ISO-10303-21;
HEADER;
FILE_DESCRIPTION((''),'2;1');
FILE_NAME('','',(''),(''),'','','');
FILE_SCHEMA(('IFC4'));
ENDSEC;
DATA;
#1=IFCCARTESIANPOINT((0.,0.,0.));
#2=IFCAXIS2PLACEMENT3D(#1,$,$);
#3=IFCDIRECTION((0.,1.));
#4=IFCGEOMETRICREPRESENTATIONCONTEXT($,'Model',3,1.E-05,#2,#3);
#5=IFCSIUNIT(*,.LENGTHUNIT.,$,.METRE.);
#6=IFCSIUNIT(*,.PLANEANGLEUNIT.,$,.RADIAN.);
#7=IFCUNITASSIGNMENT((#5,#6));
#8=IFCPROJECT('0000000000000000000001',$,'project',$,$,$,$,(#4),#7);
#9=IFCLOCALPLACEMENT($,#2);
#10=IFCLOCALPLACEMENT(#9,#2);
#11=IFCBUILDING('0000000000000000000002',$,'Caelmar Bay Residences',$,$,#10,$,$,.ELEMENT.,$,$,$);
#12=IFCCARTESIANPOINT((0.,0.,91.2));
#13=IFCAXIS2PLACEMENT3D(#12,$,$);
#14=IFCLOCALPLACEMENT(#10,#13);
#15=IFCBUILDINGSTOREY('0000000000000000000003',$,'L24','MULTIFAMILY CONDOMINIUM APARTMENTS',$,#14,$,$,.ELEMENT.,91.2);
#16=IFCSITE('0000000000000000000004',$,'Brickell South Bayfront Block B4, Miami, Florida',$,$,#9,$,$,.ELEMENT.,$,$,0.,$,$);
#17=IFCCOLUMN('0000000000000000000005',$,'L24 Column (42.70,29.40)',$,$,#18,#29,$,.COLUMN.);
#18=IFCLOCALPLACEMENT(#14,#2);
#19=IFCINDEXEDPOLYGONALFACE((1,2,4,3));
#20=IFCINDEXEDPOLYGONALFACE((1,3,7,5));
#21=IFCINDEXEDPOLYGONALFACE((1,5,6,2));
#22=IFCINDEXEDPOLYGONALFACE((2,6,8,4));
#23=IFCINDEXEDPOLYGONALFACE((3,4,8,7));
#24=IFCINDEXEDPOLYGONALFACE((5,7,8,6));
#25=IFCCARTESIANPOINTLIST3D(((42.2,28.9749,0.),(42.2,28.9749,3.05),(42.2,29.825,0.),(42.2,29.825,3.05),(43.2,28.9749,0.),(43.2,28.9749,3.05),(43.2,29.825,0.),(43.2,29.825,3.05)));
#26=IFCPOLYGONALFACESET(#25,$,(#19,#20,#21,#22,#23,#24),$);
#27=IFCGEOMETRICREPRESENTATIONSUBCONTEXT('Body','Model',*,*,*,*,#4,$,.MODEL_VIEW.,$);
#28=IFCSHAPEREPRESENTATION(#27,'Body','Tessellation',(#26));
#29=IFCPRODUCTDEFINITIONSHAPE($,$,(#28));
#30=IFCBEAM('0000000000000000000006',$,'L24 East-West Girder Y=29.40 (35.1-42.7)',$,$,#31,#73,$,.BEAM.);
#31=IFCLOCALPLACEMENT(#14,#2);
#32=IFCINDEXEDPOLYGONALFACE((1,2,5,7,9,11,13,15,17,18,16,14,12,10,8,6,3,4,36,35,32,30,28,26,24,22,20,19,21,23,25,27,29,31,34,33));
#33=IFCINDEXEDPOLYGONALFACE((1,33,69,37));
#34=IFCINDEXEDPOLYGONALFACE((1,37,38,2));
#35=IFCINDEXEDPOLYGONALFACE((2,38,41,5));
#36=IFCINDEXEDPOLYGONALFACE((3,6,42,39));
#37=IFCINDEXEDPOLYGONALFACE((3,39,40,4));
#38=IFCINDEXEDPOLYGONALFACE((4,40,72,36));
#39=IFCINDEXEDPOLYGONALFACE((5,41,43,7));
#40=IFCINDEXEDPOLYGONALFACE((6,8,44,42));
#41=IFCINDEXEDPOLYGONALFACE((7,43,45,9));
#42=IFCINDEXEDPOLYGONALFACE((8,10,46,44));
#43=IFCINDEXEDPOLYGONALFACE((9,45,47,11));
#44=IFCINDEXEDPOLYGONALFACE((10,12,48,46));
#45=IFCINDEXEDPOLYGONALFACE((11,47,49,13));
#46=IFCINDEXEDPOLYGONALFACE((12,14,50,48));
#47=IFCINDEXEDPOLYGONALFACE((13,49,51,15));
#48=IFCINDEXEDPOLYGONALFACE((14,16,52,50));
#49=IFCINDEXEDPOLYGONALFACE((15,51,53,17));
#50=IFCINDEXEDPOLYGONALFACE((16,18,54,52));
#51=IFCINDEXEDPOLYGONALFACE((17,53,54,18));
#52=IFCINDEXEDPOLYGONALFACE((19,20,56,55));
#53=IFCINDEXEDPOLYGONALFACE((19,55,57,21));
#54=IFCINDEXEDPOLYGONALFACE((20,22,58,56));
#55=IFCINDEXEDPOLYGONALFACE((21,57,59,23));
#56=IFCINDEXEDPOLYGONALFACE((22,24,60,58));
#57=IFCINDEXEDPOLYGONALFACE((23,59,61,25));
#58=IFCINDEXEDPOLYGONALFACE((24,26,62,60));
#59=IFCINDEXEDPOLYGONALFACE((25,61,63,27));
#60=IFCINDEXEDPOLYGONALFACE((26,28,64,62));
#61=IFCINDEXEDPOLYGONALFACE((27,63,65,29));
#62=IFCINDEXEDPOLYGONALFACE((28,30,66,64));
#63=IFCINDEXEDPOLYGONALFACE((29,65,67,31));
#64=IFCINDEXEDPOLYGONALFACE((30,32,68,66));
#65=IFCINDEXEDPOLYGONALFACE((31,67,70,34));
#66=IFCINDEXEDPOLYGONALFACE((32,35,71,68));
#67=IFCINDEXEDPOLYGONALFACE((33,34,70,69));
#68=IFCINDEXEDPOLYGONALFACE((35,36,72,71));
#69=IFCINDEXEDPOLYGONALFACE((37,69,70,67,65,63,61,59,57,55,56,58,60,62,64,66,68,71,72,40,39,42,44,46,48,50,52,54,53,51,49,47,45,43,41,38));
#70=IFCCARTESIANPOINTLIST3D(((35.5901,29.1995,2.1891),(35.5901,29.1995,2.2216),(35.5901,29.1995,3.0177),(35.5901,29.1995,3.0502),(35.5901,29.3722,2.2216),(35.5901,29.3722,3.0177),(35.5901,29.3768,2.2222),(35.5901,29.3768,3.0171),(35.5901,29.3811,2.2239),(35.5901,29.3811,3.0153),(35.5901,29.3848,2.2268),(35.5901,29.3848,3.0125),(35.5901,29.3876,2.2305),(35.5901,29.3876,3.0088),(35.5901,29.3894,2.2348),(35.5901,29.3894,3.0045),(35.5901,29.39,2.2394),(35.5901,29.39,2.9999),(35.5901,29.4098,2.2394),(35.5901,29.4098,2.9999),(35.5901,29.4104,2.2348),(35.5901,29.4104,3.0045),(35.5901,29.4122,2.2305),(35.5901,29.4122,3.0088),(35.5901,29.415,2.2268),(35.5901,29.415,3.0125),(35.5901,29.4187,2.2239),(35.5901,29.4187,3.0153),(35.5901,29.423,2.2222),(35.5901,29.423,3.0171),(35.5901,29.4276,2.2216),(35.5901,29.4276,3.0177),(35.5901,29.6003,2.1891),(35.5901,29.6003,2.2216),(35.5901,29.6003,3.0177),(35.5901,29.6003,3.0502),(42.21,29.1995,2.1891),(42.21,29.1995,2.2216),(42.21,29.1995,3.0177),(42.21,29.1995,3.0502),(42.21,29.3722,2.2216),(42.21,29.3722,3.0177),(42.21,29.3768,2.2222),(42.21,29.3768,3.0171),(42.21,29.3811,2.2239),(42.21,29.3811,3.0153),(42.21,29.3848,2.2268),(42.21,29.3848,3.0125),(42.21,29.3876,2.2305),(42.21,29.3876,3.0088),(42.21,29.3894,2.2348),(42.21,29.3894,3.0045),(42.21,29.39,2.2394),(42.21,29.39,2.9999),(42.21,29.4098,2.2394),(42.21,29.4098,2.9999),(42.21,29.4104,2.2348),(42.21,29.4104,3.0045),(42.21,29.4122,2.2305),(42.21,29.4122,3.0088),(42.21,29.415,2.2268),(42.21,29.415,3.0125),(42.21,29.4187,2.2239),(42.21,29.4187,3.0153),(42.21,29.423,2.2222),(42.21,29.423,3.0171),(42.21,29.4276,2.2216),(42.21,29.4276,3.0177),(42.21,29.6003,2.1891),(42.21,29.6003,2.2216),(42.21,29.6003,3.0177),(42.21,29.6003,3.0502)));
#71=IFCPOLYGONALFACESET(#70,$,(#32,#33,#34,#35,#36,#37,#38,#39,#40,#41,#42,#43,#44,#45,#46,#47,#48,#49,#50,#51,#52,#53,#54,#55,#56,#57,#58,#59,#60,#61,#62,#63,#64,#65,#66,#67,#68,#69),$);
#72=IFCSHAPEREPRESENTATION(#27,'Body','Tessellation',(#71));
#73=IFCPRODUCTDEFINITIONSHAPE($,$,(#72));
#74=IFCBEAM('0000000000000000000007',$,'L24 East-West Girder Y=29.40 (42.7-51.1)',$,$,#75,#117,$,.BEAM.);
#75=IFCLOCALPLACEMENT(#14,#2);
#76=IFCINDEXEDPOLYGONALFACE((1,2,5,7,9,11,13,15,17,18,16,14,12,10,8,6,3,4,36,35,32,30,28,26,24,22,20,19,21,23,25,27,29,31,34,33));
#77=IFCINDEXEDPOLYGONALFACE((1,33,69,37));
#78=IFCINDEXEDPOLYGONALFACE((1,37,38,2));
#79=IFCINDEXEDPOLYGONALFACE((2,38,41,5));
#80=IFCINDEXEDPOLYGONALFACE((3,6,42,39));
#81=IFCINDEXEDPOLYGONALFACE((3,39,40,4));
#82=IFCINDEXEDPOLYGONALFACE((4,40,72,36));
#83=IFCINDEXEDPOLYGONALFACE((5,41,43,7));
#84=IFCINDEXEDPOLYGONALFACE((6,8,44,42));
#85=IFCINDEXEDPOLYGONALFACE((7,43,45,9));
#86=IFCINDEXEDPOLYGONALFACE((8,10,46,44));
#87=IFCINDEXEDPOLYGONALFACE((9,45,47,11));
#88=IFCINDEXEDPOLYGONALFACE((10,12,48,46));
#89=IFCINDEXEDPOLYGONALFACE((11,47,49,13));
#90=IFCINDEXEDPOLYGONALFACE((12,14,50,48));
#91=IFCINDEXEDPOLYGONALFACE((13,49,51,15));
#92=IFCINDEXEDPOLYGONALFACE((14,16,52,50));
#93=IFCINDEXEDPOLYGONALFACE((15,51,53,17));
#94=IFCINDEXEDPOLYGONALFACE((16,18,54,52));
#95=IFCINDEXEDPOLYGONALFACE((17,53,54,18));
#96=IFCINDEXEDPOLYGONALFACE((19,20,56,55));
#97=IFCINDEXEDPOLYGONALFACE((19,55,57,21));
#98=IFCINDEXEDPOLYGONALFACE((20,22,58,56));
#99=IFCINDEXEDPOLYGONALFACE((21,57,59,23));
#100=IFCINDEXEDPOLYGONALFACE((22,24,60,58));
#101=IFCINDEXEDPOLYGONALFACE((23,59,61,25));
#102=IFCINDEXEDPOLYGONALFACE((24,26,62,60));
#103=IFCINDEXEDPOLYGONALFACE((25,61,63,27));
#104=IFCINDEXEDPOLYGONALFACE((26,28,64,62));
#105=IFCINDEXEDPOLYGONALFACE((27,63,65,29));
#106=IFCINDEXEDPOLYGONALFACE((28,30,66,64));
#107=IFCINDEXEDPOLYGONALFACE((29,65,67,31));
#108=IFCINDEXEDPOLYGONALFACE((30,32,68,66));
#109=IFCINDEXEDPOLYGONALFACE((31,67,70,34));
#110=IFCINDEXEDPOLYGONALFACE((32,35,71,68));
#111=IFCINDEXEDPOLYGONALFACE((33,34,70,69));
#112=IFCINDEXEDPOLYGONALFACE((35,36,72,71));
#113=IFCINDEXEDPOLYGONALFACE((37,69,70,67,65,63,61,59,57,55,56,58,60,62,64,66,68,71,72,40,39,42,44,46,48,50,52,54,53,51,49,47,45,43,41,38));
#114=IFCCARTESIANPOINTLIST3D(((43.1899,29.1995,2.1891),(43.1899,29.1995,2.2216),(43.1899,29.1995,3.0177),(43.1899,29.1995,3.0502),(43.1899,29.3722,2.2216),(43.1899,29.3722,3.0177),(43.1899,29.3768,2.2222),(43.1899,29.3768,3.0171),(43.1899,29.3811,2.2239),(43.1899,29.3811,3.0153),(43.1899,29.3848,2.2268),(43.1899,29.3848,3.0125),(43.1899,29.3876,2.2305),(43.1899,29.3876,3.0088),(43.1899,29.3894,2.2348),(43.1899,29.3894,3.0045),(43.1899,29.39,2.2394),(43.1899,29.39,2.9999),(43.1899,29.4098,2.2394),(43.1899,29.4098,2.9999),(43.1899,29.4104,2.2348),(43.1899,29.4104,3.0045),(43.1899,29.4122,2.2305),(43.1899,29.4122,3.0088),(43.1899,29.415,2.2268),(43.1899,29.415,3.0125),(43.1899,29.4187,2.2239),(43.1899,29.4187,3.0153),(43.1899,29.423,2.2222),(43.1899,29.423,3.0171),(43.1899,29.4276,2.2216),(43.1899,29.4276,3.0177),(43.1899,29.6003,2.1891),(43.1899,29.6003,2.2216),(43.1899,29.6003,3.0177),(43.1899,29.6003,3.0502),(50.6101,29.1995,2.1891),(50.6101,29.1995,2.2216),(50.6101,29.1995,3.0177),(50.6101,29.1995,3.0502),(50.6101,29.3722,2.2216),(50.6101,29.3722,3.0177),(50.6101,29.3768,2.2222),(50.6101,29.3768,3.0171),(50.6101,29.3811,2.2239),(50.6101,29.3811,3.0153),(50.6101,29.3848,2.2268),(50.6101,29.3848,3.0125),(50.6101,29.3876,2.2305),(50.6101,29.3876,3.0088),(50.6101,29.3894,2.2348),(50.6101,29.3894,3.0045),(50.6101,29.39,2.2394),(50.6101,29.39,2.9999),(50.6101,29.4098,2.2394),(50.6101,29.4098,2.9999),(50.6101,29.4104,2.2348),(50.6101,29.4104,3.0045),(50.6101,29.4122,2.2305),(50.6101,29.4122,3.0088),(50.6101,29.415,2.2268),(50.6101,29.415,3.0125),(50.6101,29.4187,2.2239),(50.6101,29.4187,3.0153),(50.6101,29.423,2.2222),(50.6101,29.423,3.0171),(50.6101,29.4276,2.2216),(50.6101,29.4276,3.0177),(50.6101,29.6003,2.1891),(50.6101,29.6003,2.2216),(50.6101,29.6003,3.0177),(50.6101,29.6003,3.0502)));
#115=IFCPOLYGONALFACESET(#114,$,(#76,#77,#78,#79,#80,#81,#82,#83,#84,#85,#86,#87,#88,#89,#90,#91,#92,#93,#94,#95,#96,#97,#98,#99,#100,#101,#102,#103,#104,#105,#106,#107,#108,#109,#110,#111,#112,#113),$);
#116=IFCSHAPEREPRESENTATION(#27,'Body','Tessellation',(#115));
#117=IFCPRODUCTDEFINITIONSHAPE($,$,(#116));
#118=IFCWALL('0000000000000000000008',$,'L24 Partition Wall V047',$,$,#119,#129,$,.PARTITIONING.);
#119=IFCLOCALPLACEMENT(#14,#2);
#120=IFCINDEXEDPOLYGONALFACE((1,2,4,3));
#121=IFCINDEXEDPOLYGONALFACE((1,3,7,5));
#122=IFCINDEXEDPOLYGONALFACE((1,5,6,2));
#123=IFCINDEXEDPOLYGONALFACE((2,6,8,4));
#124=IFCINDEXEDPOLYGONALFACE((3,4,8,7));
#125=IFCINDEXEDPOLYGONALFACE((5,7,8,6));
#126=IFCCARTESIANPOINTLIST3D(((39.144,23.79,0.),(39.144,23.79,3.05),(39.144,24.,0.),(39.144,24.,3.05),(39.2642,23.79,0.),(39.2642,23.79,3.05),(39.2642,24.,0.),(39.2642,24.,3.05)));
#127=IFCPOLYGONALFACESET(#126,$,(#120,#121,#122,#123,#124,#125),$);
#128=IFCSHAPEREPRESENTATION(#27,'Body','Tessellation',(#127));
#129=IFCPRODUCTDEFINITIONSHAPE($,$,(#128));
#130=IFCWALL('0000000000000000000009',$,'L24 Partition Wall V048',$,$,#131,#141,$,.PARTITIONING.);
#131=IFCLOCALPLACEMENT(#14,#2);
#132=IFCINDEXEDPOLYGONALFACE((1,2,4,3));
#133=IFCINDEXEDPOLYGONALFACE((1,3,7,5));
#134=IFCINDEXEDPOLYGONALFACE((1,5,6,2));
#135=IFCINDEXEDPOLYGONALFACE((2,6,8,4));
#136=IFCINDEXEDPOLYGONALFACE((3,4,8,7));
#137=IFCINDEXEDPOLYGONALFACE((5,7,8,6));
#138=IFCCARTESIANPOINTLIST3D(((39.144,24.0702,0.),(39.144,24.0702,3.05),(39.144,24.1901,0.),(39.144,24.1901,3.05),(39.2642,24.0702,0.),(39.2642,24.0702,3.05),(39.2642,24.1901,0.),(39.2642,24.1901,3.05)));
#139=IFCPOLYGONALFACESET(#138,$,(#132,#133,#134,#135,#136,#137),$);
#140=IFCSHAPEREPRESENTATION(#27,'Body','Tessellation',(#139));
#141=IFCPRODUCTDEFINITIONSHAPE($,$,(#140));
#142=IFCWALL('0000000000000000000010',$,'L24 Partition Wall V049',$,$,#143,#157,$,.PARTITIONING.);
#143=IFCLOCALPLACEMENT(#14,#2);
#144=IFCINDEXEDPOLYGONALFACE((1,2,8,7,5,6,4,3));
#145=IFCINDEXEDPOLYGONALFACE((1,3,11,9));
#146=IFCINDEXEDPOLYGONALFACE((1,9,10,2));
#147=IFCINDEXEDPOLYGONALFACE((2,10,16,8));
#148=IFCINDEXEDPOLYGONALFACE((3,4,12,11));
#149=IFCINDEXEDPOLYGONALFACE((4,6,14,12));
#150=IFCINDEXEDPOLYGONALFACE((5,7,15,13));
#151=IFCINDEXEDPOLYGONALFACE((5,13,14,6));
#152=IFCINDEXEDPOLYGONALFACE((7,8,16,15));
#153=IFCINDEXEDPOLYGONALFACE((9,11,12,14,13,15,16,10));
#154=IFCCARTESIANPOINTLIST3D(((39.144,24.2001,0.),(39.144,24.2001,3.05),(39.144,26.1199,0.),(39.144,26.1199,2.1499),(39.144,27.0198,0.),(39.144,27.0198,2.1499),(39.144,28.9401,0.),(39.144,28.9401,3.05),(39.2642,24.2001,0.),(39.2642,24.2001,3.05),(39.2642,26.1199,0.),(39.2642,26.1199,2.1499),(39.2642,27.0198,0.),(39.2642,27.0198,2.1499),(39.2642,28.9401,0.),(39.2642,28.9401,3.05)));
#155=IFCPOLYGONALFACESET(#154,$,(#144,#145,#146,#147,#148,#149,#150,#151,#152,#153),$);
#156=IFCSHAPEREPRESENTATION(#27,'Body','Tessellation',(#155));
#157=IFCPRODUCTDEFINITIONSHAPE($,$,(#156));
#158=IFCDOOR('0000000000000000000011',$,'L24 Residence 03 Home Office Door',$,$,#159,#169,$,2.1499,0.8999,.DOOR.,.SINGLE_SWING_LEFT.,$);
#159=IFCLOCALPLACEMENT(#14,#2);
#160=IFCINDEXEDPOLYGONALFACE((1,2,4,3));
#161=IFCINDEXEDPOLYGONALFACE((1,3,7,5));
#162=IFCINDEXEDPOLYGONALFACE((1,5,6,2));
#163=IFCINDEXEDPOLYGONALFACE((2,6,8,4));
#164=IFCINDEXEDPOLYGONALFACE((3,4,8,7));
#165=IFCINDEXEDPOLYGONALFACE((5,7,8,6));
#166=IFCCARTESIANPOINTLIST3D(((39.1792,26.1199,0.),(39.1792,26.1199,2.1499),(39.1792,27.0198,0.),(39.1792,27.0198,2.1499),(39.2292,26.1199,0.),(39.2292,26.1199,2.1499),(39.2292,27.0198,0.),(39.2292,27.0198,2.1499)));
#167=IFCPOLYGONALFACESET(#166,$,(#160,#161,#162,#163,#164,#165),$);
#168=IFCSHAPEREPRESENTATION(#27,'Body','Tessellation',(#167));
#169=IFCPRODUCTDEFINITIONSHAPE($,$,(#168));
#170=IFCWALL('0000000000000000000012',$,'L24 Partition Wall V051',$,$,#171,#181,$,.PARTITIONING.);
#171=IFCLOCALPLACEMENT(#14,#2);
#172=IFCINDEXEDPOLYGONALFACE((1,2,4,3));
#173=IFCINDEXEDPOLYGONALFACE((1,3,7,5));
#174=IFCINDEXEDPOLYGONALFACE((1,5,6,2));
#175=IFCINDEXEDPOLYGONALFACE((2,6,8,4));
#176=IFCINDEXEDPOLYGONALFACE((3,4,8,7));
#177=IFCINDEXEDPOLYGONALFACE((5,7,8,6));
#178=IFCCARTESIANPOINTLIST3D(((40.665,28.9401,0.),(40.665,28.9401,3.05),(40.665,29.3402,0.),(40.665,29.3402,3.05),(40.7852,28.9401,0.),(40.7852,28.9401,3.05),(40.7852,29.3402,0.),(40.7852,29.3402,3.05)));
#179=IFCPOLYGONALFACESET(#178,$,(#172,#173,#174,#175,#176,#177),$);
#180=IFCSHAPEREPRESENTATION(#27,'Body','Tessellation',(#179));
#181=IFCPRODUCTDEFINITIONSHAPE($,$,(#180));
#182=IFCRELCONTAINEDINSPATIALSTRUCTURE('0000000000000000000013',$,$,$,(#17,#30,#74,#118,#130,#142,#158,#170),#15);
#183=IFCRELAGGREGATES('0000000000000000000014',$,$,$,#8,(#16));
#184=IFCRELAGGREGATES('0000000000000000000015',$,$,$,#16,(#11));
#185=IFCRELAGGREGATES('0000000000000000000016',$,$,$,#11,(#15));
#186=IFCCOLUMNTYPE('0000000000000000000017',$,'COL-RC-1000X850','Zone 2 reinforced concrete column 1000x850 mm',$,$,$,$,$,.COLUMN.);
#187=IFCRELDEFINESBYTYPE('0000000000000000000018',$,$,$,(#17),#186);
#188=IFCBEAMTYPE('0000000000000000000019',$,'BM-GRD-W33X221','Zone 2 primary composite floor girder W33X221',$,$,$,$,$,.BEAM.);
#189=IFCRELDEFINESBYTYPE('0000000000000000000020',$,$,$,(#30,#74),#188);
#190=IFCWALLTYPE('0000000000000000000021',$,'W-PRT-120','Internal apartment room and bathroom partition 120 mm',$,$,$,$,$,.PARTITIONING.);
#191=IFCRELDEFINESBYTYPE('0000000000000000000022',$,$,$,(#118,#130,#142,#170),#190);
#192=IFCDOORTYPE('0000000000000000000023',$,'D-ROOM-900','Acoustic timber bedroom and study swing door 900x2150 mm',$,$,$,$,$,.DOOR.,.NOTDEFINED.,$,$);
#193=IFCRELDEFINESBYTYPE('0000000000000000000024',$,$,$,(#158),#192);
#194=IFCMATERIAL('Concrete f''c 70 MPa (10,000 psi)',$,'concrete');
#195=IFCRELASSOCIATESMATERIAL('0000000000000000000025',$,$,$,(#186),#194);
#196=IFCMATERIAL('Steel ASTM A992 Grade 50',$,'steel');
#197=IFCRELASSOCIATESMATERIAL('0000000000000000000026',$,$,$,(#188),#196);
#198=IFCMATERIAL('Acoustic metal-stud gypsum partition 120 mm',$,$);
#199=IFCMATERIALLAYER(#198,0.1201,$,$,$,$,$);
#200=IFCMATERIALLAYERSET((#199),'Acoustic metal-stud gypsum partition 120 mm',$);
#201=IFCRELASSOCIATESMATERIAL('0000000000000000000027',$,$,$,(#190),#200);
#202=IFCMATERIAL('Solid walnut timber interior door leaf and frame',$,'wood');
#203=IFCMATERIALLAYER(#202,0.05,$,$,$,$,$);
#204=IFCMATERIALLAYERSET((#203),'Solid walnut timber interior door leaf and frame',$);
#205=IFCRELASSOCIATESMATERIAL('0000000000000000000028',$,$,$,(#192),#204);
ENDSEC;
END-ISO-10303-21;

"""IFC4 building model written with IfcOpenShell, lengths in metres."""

from ifc_helpers import new_model, si_unit, direction, frame, frame_2d, origin, origin_2d, place, context, subcontext, project, spatial, rectangle, i_section, extrude, material, layer, layer_set, material_profile, profile_set, type_object, element, fill, save


model = new_model("IFC4")

# Units and contexts
model_context = context("Model", 3, precision=1e-05, world=origin(), true_north=direction((0.0, 1.0)))
body_context = subcontext(model_context, "Body", "Model", "MODEL_VIEW")
ifc_project = project(units=[si_unit("LENGTHUNIT", "METRE"), si_unit("PLANEANGLEUNIT", "RADIAN")], contexts=[model_context])

# Site, building, storey
site_placement = place(None, origin())
site = spatial("IfcSite", under=ifc_project, at=site_placement, Name="Brickell South Bayfront Block B4, Miami, Florida", CompositionType="ELEMENT", RefElevation=0.0)
building_placement = place(site_placement, origin())
building = spatial("IfcBuilding", under=site, at=building_placement, Name="Caelmar Bay Residences", CompositionType="ELEMENT")
storey_placement = place(building_placement, frame((0.0, 0.0, 91.2)))
storey = spatial("IfcBuildingStorey", under=building, at=storey_placement, Name="L24", Description="MULTIFAMILY CONDOMINIUM APARTMENTS", CompositionType="ELEMENT", Elevation=91.2)

# Column
ifc_material_1 = material(Name="Concrete f'c 70 MPa (10,000 psi)", Category="concrete")
ifc_material_profile_1 = material_profile(ifc_material_1, rectangle(XDim=1.0, YDim=0.8501, at=origin_2d()), Name="RC-COL-1000X850")
ifc_profile_set_1 = profile_set([ifc_material_profile_1], Name="Concrete f'c 70 MPa (10,000 psi)")
column_type = type_object("IfcColumnType", Name="COL-RC-1000X850", Description="Zone 2 reinforced concrete column 1000x850 mm", PredefinedType="COLUMN", material=ifc_profile_set_1)
column_placement = place(storey_placement, frame((42.7, 29.3999, 0.0), z_axis=(0.0, 0.0, 1.0), x_axis=(1.0, 0.0, 0.0)))
element("IfcColumn", 1, at=column_placement, inside=storey, type_object=column_type, Name="L24 Column (42.70,29.40)", PredefinedType="COLUMN", context=body_context, shape_type="SweptSolid", body=[
    extrude(rectangle(XDim=1.0, YDim=0.8501, at=origin_2d()), origin(), (0.0, 0.0, 1.0), 3.05),
])

# Beams
ifc_material_2 = material(Name="Steel ASTM A992 Grade 50", Category="steel")
ifc_material_profile_2 = material_profile(ifc_material_2, i_section(OverallWidth=0.4009, OverallDepth=0.8611, WebThickness=0.0198, FlangeThickness=0.0325, FilletRadius=0.0178, at=origin_2d()), Name="W33X221")
ifc_profile_set_2 = profile_set([ifc_material_profile_2], Name="Steel ASTM A992 Grade 50")
beam_type = type_object("IfcBeamType", Name="BM-GRD-W33X221", Description="Zone 2 primary composite floor girder W33X221", PredefinedType="BEAM", material=ifc_profile_set_2)
beam_1_placement = place(storey_placement, frame((35.5901, 29.3999, 2.6196), z_axis=(1.0, 0.0, 0.0), x_axis=(0.0, 1.0, 0.0)))
element("IfcBeam", 2, at=beam_1_placement, inside=storey, type_object=beam_type, Name="L24 East-West Girder Y=29.40 (35.1-42.7)", PredefinedType="BEAM", context=body_context, shape_type="SweptSolid", body=[
    extrude(i_section(OverallWidth=0.4009, OverallDepth=0.8611, WebThickness=0.0198, FlangeThickness=0.0325, FilletRadius=0.0178, at=origin_2d()), origin(), (0.0, 0.0, 1.0), 6.6199),
])
beam_2_placement = place(storey_placement, frame((43.1899, 29.3999, 2.6196), z_axis=(1.0, 0.0, 0.0), x_axis=(0.0, 1.0, 0.0)))
element("IfcBeam", 3, at=beam_2_placement, inside=storey, type_object=beam_type, Name="L24 East-West Girder Y=29.40 (42.7-51.1)", PredefinedType="BEAM", context=body_context, shape_type="SweptSolid", body=[
    extrude(i_section(OverallWidth=0.4009, OverallDepth=0.8611, WebThickness=0.0198, FlangeThickness=0.0325, FilletRadius=0.0178, at=origin_2d()), origin(), (0.0, 0.0, 1.0), 7.4202),
])

# Walls
ifc_material_3 = material(Name="Acoustic metal-stud gypsum partition 120 mm")
ifc_layer_1 = layer(ifc_material_3, 0.1201)
ifc_layer_set_1 = layer_set([ifc_layer_1], Name="Acoustic metal-stud gypsum partition 120 mm")
wall_type_1 = type_object("IfcWallType", Name="W-PRT-120", Description="Internal apartment room and bathroom partition 120 mm", PredefinedType="PARTITIONING", material=ifc_layer_set_1)
wall_1_placement = place(storey_placement, frame((39.2041, 23.79, 0.0), z_axis=(0.0, 0.0, 1.0), x_axis=(0.0, 1.0, 0.0)))
element("IfcWall", 4, at=wall_1_placement, inside=storey, type_object=wall_type_1, Name="L24 Partition Wall V047", PredefinedType="PARTITIONING", context=body_context, shape_type="SweptSolid", body=[
    extrude(rectangle(XDim=0.21, YDim=0.1201, at=frame_2d((0.105, 0.0))), origin(), (0.0, 0.0, 1.0), 3.05),
])
wall_2_placement = place(storey_placement, frame((39.2041, 24.0701, 0.0), z_axis=(0.0, 0.0, 1.0), x_axis=(0.0, 1.0, 0.0)))
element("IfcWall", 5, at=wall_2_placement, inside=storey, type_object=wall_type_1, Name="L24 Partition Wall V048", PredefinedType="PARTITIONING", context=body_context, shape_type="SweptSolid", body=[
    extrude(rectangle(XDim=0.1199, YDim=0.1201, at=frame_2d((0.0601, 0.0))), origin(), (0.0, 0.0, 1.0), 3.05),
])

# Wall, opening, door
wall_3_placement = place(storey_placement, frame((39.2041, 24.2, 0.0), z_axis=(0.0, 0.0, 1.0), x_axis=(0.0, 1.0, 0.0)))
wall_3 = element("IfcWall", 6, at=wall_3_placement, inside=storey, type_object=wall_type_1, Name="L24 Partition Wall V049", PredefinedType="PARTITIONING", context=body_context, shape_type="SweptSolid", body=[
    extrude(rectangle(XDim=4.74, YDim=0.1201, at=frame_2d((2.3701, 0.0))), origin(), (0.0, 0.0, 1.0), 3.05),
])
opening_1_placement = place(wall_3_placement, frame((1.9199, 0.0, 0.0)))
opening_1 = element("IfcOpeningElement", 7, at=opening_1_placement, cuts=wall_3, PredefinedType="OPENING", context=body_context, shape_type="SweptSolid", body=[
    extrude(rectangle(XDim=0.8999, YDim=2.1499, at=frame_2d((0.45, 1.075))), frame((0.0, 0.0701, 0.0), z_axis=(0.0, -1.0, 0.0), x_axis=(1.0, 0.0, 0.0)), (0.0, 0.0, 1.0), 0.1401),
])
ifc_material_4 = material(Name="Solid walnut timber interior door leaf and frame", Category="wood")
ifc_layer_2 = layer(ifc_material_4, 0.05)
ifc_layer_set_2 = layer_set([ifc_layer_2], Name="Solid walnut timber interior door leaf and frame")
door_type_1 = type_object("IfcDoorType", Name="D-ROOM-900", Description="Acoustic timber bedroom and study swing door 900x2150 mm", OperationType="NOTDEFINED", PredefinedType="DOOR", material=ifc_layer_set_2)
door_1_placement = place(opening_1_placement, origin())
door_1 = element("IfcDoor", 8, at=door_1_placement, inside=storey, type_object=door_type_1, Name="L24 Residence 03 Home Office Door", OperationType="SINGLE_SWING_LEFT", OverallHeight=2.1499, OverallWidth=0.8999, PredefinedType="DOOR", context=body_context, shape_type="SweptSolid", body=[
    extrude(rectangle(XDim=0.8999, YDim=2.1499, at=frame_2d((0.45, 1.075))), frame((0.0, 0.0249, 0.0), z_axis=(0.0, -1.0, 0.0), x_axis=(1.0, 0.0, 0.0)), (0.0, 0.0, 1.0), 0.05),
])
fill(opening_1, door_1)

# Wall
wall_4_placement = place(storey_placement, frame((40.7251, 28.9399, 0.0), z_axis=(0.0, 0.0, 1.0), x_axis=(0.0, 1.0, 0.0)))
element("IfcWall", 9, at=wall_4_placement, inside=storey, type_object=wall_type_1, Name="L24 Partition Wall V051", PredefinedType="PARTITIONING", context=body_context, shape_type="SweptSolid", body=[
    extrude(rectangle(XDim=0.4001, YDim=0.1201, at=frame_2d((0.2002, 0.0))), origin(), (0.0, 0.0, 1.0), 3.05),
])

save(model, "model.ifc")
